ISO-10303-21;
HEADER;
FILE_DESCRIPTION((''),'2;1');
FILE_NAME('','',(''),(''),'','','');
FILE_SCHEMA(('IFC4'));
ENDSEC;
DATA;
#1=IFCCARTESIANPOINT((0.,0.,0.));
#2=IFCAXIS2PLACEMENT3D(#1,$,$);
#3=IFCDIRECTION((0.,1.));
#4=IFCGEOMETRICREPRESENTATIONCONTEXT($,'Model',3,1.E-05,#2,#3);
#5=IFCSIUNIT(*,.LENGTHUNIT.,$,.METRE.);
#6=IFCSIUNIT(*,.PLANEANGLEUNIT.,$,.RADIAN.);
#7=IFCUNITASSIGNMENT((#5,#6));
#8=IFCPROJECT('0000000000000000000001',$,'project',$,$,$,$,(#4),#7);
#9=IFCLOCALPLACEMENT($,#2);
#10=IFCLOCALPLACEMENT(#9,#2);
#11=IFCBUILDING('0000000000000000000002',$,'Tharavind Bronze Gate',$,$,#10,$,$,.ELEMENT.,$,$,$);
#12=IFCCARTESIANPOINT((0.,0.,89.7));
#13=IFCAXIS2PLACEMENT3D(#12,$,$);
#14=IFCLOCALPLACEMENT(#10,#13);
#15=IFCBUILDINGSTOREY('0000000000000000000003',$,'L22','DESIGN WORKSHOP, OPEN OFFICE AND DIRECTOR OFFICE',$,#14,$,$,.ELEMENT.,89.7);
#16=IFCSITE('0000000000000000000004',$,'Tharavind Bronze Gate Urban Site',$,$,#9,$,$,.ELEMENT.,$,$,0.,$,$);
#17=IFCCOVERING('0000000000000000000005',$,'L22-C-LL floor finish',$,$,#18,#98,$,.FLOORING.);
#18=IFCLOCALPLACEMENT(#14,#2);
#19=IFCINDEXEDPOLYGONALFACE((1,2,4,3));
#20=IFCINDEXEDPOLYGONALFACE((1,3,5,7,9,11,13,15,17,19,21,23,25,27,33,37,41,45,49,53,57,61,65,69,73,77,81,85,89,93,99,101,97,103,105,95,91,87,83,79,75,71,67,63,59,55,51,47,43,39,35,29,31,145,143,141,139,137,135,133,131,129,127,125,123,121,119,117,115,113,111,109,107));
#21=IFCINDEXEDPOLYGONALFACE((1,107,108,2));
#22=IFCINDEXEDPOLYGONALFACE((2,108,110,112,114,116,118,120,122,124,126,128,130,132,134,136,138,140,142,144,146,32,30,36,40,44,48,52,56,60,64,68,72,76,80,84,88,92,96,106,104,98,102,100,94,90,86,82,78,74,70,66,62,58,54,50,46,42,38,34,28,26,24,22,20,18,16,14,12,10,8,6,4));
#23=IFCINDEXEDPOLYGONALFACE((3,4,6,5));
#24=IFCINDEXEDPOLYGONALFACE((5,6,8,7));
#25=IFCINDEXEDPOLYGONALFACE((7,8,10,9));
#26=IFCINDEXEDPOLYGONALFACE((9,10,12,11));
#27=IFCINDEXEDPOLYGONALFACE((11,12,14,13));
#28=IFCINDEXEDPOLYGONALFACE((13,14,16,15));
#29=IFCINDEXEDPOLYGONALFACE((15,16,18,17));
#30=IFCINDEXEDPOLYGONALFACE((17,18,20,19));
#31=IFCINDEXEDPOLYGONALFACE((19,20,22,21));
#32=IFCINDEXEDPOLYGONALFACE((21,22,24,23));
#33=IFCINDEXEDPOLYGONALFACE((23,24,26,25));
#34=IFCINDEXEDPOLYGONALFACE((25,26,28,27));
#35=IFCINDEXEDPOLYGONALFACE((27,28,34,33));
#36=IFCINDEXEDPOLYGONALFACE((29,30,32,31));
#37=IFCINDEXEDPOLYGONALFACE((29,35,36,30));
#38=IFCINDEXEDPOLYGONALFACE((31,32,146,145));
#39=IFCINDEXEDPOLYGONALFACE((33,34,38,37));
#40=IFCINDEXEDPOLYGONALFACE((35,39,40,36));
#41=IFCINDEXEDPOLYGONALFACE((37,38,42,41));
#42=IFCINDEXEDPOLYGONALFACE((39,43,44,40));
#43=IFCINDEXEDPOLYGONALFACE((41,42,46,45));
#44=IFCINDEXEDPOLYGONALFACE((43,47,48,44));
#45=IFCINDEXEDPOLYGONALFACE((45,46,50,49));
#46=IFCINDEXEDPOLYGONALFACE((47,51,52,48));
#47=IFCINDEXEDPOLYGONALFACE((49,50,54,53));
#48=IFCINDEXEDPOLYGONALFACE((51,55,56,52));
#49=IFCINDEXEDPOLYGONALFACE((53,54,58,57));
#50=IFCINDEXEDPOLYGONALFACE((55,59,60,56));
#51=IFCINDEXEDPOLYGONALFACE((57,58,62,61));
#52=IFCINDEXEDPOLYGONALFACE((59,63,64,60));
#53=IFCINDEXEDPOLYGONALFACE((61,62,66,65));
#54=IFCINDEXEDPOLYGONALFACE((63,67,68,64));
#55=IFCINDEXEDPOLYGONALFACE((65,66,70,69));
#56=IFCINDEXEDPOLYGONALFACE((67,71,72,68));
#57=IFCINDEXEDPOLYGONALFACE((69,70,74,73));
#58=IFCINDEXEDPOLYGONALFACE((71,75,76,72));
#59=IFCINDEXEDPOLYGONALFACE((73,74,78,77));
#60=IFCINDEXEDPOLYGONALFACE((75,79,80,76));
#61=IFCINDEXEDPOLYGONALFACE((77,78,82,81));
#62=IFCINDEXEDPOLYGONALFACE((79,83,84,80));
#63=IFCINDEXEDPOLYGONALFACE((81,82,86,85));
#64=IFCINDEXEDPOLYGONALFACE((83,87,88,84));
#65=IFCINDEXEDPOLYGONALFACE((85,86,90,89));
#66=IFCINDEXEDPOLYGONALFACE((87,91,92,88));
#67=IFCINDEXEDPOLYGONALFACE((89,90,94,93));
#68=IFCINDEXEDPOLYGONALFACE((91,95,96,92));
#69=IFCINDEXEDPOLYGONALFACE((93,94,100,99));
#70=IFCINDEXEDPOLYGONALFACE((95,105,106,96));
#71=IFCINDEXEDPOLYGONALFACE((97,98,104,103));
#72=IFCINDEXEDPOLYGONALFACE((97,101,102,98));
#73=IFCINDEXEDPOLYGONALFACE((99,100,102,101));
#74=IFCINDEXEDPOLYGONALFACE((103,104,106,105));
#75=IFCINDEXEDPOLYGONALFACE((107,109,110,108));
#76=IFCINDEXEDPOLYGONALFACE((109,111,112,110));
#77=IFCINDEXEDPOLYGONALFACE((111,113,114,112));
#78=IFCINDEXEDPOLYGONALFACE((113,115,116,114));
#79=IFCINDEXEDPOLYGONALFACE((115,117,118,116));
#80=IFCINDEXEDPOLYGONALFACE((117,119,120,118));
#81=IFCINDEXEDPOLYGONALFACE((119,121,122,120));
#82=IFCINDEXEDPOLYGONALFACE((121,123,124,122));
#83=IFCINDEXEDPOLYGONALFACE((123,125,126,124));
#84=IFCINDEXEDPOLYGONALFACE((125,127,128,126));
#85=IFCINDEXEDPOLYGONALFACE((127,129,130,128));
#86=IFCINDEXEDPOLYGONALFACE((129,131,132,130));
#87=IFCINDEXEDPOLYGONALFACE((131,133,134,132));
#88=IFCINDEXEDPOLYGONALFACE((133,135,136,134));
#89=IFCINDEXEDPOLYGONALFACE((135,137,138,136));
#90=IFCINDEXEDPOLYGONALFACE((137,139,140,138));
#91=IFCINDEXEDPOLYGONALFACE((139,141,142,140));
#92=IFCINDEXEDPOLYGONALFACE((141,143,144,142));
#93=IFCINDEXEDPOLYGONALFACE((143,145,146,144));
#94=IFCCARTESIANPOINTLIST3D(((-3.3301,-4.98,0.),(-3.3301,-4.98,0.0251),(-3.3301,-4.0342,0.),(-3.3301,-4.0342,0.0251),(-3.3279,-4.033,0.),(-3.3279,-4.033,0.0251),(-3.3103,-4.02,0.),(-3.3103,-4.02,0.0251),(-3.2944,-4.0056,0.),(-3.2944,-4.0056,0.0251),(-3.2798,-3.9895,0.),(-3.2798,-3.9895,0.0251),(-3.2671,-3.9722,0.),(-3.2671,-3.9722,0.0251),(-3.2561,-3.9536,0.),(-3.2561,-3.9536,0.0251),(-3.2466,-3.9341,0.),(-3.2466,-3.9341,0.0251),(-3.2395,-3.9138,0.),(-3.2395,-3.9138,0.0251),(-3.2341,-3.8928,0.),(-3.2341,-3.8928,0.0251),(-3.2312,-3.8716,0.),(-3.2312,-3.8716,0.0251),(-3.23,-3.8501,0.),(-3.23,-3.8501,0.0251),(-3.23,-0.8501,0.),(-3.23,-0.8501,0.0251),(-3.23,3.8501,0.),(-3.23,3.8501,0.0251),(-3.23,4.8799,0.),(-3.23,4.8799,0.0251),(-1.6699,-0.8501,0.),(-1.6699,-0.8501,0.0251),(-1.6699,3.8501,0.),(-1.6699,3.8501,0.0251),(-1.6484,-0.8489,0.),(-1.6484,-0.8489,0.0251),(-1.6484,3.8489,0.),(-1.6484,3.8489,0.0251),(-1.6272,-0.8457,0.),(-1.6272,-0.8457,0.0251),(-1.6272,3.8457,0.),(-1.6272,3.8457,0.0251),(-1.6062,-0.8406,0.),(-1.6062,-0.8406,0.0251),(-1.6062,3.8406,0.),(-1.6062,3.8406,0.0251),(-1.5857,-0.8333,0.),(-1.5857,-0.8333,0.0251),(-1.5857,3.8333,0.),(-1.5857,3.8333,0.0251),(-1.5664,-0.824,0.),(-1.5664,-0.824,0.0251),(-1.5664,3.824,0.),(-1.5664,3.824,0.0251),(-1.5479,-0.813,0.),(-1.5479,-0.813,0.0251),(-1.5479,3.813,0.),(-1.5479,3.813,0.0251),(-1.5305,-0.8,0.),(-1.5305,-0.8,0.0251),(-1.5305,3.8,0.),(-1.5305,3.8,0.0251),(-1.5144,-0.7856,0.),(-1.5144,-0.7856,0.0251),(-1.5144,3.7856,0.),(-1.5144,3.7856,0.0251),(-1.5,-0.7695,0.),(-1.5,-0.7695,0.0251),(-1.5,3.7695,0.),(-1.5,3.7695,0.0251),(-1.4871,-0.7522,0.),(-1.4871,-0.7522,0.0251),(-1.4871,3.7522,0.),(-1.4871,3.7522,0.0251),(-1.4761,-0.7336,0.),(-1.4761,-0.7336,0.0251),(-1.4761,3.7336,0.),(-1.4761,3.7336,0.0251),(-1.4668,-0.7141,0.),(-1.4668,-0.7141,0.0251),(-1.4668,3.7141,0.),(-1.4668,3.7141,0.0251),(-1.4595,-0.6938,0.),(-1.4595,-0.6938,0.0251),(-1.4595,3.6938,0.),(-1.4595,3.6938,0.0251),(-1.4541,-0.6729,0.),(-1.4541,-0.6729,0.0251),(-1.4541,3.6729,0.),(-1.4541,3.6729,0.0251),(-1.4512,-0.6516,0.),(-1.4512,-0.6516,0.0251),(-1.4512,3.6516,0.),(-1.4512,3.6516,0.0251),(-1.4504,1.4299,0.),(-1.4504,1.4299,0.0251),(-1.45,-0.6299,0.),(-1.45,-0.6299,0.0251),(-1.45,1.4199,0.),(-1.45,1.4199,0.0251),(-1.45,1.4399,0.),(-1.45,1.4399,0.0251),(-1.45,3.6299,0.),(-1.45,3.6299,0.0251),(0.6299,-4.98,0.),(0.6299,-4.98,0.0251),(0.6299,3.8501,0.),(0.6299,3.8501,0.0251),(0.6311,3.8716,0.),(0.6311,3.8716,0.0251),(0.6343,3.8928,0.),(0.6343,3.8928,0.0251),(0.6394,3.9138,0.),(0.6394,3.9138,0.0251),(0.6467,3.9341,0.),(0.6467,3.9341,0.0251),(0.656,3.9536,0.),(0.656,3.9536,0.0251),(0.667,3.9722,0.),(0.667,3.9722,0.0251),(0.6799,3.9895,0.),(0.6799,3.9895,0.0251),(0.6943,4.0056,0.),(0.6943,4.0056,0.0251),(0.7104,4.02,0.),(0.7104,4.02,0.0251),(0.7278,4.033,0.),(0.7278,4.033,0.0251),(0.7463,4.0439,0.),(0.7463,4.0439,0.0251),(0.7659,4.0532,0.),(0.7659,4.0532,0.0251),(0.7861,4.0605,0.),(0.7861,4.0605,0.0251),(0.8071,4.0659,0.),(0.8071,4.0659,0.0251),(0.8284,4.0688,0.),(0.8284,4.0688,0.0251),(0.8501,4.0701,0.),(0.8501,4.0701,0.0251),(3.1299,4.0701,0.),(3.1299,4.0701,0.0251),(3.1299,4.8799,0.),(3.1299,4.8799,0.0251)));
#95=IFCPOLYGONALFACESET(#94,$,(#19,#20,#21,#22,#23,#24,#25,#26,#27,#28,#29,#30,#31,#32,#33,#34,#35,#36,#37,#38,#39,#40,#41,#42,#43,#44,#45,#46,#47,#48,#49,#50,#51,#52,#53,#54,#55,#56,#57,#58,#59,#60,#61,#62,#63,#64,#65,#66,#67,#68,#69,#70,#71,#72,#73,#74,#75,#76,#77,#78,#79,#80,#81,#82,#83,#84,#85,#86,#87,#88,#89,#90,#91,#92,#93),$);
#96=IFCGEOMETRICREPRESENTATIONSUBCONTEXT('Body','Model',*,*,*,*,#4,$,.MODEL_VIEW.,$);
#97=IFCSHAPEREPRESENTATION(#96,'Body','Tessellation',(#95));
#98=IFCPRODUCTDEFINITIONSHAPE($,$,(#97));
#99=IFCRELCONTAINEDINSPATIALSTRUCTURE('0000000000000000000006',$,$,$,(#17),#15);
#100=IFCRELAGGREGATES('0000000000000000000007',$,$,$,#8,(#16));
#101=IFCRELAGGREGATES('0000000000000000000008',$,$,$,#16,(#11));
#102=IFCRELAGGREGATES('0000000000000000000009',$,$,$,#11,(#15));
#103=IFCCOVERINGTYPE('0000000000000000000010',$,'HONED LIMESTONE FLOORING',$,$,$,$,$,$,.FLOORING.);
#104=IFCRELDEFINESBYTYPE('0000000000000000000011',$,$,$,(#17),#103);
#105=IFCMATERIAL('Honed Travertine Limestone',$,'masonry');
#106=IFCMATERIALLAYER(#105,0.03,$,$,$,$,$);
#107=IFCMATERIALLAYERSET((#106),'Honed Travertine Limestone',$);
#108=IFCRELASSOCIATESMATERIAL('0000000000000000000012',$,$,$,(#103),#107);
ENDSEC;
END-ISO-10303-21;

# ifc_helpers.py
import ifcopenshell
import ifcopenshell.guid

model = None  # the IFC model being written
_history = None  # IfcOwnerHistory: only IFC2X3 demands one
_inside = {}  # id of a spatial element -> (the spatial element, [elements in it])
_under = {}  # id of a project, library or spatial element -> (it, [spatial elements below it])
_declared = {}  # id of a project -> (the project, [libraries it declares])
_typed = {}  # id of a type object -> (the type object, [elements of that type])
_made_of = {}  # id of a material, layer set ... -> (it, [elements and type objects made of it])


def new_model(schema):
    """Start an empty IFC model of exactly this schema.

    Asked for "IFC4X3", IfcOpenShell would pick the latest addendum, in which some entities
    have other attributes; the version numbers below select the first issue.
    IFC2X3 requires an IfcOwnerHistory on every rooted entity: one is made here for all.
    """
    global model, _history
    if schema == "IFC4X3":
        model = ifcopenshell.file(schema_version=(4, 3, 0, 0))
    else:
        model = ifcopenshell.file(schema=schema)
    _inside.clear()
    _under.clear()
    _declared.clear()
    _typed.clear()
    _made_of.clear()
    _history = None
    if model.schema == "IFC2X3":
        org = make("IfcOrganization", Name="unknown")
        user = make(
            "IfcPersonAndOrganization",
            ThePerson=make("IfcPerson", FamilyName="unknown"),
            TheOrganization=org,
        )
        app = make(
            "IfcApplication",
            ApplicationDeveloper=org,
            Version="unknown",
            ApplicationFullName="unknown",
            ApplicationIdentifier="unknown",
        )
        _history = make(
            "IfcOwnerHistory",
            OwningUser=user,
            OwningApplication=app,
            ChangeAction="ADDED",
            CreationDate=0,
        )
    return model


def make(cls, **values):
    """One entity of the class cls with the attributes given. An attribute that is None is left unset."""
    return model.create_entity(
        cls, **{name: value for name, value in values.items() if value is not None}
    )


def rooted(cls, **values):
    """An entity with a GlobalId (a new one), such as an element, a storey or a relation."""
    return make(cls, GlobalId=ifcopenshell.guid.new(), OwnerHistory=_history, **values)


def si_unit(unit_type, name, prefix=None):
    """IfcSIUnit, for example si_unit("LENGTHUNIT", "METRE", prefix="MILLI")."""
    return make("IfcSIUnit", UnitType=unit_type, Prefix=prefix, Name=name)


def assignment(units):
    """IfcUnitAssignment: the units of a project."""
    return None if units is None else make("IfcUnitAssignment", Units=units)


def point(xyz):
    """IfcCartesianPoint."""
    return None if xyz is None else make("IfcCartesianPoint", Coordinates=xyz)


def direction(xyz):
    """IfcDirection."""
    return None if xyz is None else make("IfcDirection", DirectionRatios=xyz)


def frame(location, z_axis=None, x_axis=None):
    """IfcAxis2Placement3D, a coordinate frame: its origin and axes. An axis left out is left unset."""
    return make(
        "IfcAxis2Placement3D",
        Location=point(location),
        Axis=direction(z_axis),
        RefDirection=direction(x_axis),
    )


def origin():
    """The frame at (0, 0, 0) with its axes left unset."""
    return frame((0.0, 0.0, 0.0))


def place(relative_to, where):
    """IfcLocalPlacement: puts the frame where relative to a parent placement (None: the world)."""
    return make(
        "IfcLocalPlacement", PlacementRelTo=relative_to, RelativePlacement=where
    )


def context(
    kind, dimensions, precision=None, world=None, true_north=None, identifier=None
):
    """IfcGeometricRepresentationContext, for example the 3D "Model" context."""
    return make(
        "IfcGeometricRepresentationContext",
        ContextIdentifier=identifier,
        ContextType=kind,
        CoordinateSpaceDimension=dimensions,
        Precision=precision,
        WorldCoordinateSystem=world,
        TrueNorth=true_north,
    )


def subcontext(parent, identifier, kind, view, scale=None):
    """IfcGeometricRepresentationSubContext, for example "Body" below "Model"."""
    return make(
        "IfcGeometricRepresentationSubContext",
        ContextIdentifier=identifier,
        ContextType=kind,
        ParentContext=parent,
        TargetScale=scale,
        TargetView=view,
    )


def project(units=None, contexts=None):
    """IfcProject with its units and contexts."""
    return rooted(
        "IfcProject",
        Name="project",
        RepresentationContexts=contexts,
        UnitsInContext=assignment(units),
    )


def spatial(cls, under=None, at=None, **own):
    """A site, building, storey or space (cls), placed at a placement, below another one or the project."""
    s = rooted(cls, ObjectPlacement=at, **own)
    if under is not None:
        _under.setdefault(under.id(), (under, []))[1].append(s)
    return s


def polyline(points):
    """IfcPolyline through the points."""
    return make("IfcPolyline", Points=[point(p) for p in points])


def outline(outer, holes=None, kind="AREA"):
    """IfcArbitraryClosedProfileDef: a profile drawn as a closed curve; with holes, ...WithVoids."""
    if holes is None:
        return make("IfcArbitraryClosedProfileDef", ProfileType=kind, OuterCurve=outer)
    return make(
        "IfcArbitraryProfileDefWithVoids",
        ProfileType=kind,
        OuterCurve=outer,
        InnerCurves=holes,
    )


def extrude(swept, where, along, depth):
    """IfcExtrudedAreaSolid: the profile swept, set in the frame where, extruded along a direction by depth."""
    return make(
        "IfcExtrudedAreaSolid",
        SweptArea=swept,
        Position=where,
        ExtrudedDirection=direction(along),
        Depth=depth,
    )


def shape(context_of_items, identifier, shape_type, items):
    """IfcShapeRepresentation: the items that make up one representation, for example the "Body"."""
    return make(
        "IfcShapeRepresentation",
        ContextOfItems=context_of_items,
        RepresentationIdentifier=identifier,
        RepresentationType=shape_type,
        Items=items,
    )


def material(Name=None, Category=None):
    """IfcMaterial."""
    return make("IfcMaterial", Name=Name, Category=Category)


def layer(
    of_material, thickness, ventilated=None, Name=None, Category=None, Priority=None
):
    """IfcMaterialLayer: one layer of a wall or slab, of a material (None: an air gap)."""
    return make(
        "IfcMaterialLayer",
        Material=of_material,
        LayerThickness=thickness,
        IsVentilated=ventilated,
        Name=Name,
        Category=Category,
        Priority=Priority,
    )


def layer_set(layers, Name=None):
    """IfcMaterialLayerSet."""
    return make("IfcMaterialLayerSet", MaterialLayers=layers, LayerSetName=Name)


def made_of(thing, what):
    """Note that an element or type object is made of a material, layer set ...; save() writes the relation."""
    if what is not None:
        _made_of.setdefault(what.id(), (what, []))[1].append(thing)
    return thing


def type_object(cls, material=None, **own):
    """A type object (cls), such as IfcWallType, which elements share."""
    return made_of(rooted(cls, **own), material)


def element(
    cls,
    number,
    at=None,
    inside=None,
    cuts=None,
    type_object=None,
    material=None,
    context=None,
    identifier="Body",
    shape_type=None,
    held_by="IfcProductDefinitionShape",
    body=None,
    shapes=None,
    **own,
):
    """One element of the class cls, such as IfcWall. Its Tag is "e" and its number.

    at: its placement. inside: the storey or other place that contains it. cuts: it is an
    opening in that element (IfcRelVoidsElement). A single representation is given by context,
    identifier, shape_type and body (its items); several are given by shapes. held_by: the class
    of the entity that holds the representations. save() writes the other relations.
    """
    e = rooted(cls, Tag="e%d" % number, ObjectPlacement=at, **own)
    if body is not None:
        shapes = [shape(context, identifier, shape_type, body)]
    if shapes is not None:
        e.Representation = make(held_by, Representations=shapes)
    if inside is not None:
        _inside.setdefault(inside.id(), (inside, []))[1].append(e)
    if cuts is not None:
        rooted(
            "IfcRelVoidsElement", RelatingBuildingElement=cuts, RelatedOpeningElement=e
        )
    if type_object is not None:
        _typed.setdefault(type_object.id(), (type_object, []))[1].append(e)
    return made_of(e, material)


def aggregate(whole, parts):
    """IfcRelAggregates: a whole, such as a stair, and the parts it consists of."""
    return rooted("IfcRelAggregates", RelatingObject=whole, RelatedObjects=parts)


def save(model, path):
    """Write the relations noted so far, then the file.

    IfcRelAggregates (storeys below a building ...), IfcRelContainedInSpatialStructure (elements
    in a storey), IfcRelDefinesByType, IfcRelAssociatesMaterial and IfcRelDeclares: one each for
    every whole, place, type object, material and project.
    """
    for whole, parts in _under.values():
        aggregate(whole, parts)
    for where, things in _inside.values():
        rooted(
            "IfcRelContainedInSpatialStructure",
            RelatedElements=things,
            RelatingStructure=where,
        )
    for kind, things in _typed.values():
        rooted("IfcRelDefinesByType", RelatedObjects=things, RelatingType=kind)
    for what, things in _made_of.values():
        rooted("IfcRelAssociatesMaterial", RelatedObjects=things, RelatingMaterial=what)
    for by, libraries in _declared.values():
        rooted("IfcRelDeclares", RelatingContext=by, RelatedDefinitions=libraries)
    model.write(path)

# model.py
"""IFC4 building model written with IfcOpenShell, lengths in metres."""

from ifc_helpers import new_model, si_unit, direction, frame, origin, place, context, subcontext, project, spatial, polyline, outline, extrude, material, layer, layer_set, type_object, element, save


model = new_model("IFC4")

# Units and contexts
model_context = context("Model", 3, precision=1e-05, world=origin(), true_north=direction((0.0, 1.0)))
body_context = subcontext(model_context, "Body", "Model", "MODEL_VIEW")
ifc_project = project(units=[si_unit("LENGTHUNIT", "METRE"), si_unit("PLANEANGLEUNIT", "RADIAN")], contexts=[model_context])

# Site, building, storey
site_placement = place(None, origin())
site = spatial("IfcSite", under=ifc_project, at=site_placement, Name="Tharavind Bronze Gate Urban Site", CompositionType="ELEMENT", RefElevation=0.0)
building_placement = place(site_placement, origin())
building = spatial("IfcBuilding", under=site, at=building_placement, Name="Tharavind Bronze Gate", CompositionType="ELEMENT")
storey_placement = place(building_placement, frame((0.0, 0.0, 89.7)))
storey = spatial("IfcBuildingStorey", under=building, at=storey_placement, Name="L22", Description="DESIGN WORKSHOP, OPEN OFFICE AND DIRECTOR OFFICE", CompositionType="ELEMENT", Elevation=89.7)

# Covering
ifc_material_1 = material(Name="Honed Travertine Limestone", Category="masonry")
ifc_layer_1 = layer(ifc_material_1, 0.03)
ifc_layer_set_1 = layer_set([ifc_layer_1], Name="Honed Travertine Limestone")
covering_type_1 = type_object("IfcCoveringType", Name="HONED LIMESTONE FLOORING", PredefinedType="FLOORING", material=ifc_layer_set_1)
covering_1_placement = place(storey_placement, origin())
element("IfcCovering", 1, at=covering_1_placement, inside=storey, type_object=covering_type_1, Name="L22-C-LL floor finish", PredefinedType="FLOORING", context=body_context, shape_type="SweptSolid", body=[
    extrude(outline(polyline([(-3.3301, -4.98), (0.6299, -4.98), (0.6299, 3.8501), (0.6311, 3.8716), (0.6343, 3.8928), (0.6394, 3.9138), (0.6467, 3.9341), (0.656, 3.9536), (0.667, 3.9722), (0.6799, 3.9895), (0.6943, 4.0056), (0.7104, 4.02), (0.7278, 4.033), (0.7463, 4.0439), (0.7659, 4.0532), (0.7861, 4.0605), (0.8071, 4.0659), (0.8284, 4.0688), (0.8501, 4.0701), (3.1299, 4.0701), (3.1299, 4.8799), (-3.23, 4.8799), (-3.23, 3.8501), (-1.6699, 3.8501), (-1.6484, 3.8489), (-1.6272, 3.8457), (-1.6062, 3.8406), (-1.5857, 3.8333), (-1.5664, 3.824), (-1.5479, 3.813), (-1.5305, 3.8), (-1.5144, 3.7856), (-1.5, 3.7695), (-1.4871, 3.7522), (-1.4761, 3.7336), (-1.4668, 3.7141), (-1.4595, 3.6938), (-1.4541, 3.6729), (-1.4512, 3.6516), (-1.45, 3.6299), (-1.45, 1.4399), (-1.4504, 1.4299), (-1.45, 1.4199), (-1.45, -0.6299), (-1.4512, -0.6516), (-1.4541, -0.6729), (-1.4595, -0.6938), (-1.4668, -0.7141), (-1.4761, -0.7336), (-1.4871, -0.7522), (-1.5, -0.7695), (-1.5144, -0.7856), (-1.5305, -0.8), (-1.5479, -0.813), (-1.5664, -0.824), (-1.5857, -0.8333), (-1.6062, -0.8406), (-1.6272, -0.8457), (-1.6484, -0.8489), (-1.6699, -0.8501), (-3.23, -0.8501), (-3.23, -3.8501), (-3.2312, -3.8716), (-3.2341, -3.8928), (-3.2395, -3.9138), (-3.2466, -3.9341), (-3.2561, -3.9536), (-3.2671, -3.9722), (-3.2798, -3.9895), (-3.2944, -4.0056), (-3.3103, -4.02), (-3.3279, -4.033), (-3.3301, -4.0342), (-3.3301, -4.98)])), origin(), (0.0, 0.0, 1.0), 0.0251),
])

save(model, "model.ifc")
